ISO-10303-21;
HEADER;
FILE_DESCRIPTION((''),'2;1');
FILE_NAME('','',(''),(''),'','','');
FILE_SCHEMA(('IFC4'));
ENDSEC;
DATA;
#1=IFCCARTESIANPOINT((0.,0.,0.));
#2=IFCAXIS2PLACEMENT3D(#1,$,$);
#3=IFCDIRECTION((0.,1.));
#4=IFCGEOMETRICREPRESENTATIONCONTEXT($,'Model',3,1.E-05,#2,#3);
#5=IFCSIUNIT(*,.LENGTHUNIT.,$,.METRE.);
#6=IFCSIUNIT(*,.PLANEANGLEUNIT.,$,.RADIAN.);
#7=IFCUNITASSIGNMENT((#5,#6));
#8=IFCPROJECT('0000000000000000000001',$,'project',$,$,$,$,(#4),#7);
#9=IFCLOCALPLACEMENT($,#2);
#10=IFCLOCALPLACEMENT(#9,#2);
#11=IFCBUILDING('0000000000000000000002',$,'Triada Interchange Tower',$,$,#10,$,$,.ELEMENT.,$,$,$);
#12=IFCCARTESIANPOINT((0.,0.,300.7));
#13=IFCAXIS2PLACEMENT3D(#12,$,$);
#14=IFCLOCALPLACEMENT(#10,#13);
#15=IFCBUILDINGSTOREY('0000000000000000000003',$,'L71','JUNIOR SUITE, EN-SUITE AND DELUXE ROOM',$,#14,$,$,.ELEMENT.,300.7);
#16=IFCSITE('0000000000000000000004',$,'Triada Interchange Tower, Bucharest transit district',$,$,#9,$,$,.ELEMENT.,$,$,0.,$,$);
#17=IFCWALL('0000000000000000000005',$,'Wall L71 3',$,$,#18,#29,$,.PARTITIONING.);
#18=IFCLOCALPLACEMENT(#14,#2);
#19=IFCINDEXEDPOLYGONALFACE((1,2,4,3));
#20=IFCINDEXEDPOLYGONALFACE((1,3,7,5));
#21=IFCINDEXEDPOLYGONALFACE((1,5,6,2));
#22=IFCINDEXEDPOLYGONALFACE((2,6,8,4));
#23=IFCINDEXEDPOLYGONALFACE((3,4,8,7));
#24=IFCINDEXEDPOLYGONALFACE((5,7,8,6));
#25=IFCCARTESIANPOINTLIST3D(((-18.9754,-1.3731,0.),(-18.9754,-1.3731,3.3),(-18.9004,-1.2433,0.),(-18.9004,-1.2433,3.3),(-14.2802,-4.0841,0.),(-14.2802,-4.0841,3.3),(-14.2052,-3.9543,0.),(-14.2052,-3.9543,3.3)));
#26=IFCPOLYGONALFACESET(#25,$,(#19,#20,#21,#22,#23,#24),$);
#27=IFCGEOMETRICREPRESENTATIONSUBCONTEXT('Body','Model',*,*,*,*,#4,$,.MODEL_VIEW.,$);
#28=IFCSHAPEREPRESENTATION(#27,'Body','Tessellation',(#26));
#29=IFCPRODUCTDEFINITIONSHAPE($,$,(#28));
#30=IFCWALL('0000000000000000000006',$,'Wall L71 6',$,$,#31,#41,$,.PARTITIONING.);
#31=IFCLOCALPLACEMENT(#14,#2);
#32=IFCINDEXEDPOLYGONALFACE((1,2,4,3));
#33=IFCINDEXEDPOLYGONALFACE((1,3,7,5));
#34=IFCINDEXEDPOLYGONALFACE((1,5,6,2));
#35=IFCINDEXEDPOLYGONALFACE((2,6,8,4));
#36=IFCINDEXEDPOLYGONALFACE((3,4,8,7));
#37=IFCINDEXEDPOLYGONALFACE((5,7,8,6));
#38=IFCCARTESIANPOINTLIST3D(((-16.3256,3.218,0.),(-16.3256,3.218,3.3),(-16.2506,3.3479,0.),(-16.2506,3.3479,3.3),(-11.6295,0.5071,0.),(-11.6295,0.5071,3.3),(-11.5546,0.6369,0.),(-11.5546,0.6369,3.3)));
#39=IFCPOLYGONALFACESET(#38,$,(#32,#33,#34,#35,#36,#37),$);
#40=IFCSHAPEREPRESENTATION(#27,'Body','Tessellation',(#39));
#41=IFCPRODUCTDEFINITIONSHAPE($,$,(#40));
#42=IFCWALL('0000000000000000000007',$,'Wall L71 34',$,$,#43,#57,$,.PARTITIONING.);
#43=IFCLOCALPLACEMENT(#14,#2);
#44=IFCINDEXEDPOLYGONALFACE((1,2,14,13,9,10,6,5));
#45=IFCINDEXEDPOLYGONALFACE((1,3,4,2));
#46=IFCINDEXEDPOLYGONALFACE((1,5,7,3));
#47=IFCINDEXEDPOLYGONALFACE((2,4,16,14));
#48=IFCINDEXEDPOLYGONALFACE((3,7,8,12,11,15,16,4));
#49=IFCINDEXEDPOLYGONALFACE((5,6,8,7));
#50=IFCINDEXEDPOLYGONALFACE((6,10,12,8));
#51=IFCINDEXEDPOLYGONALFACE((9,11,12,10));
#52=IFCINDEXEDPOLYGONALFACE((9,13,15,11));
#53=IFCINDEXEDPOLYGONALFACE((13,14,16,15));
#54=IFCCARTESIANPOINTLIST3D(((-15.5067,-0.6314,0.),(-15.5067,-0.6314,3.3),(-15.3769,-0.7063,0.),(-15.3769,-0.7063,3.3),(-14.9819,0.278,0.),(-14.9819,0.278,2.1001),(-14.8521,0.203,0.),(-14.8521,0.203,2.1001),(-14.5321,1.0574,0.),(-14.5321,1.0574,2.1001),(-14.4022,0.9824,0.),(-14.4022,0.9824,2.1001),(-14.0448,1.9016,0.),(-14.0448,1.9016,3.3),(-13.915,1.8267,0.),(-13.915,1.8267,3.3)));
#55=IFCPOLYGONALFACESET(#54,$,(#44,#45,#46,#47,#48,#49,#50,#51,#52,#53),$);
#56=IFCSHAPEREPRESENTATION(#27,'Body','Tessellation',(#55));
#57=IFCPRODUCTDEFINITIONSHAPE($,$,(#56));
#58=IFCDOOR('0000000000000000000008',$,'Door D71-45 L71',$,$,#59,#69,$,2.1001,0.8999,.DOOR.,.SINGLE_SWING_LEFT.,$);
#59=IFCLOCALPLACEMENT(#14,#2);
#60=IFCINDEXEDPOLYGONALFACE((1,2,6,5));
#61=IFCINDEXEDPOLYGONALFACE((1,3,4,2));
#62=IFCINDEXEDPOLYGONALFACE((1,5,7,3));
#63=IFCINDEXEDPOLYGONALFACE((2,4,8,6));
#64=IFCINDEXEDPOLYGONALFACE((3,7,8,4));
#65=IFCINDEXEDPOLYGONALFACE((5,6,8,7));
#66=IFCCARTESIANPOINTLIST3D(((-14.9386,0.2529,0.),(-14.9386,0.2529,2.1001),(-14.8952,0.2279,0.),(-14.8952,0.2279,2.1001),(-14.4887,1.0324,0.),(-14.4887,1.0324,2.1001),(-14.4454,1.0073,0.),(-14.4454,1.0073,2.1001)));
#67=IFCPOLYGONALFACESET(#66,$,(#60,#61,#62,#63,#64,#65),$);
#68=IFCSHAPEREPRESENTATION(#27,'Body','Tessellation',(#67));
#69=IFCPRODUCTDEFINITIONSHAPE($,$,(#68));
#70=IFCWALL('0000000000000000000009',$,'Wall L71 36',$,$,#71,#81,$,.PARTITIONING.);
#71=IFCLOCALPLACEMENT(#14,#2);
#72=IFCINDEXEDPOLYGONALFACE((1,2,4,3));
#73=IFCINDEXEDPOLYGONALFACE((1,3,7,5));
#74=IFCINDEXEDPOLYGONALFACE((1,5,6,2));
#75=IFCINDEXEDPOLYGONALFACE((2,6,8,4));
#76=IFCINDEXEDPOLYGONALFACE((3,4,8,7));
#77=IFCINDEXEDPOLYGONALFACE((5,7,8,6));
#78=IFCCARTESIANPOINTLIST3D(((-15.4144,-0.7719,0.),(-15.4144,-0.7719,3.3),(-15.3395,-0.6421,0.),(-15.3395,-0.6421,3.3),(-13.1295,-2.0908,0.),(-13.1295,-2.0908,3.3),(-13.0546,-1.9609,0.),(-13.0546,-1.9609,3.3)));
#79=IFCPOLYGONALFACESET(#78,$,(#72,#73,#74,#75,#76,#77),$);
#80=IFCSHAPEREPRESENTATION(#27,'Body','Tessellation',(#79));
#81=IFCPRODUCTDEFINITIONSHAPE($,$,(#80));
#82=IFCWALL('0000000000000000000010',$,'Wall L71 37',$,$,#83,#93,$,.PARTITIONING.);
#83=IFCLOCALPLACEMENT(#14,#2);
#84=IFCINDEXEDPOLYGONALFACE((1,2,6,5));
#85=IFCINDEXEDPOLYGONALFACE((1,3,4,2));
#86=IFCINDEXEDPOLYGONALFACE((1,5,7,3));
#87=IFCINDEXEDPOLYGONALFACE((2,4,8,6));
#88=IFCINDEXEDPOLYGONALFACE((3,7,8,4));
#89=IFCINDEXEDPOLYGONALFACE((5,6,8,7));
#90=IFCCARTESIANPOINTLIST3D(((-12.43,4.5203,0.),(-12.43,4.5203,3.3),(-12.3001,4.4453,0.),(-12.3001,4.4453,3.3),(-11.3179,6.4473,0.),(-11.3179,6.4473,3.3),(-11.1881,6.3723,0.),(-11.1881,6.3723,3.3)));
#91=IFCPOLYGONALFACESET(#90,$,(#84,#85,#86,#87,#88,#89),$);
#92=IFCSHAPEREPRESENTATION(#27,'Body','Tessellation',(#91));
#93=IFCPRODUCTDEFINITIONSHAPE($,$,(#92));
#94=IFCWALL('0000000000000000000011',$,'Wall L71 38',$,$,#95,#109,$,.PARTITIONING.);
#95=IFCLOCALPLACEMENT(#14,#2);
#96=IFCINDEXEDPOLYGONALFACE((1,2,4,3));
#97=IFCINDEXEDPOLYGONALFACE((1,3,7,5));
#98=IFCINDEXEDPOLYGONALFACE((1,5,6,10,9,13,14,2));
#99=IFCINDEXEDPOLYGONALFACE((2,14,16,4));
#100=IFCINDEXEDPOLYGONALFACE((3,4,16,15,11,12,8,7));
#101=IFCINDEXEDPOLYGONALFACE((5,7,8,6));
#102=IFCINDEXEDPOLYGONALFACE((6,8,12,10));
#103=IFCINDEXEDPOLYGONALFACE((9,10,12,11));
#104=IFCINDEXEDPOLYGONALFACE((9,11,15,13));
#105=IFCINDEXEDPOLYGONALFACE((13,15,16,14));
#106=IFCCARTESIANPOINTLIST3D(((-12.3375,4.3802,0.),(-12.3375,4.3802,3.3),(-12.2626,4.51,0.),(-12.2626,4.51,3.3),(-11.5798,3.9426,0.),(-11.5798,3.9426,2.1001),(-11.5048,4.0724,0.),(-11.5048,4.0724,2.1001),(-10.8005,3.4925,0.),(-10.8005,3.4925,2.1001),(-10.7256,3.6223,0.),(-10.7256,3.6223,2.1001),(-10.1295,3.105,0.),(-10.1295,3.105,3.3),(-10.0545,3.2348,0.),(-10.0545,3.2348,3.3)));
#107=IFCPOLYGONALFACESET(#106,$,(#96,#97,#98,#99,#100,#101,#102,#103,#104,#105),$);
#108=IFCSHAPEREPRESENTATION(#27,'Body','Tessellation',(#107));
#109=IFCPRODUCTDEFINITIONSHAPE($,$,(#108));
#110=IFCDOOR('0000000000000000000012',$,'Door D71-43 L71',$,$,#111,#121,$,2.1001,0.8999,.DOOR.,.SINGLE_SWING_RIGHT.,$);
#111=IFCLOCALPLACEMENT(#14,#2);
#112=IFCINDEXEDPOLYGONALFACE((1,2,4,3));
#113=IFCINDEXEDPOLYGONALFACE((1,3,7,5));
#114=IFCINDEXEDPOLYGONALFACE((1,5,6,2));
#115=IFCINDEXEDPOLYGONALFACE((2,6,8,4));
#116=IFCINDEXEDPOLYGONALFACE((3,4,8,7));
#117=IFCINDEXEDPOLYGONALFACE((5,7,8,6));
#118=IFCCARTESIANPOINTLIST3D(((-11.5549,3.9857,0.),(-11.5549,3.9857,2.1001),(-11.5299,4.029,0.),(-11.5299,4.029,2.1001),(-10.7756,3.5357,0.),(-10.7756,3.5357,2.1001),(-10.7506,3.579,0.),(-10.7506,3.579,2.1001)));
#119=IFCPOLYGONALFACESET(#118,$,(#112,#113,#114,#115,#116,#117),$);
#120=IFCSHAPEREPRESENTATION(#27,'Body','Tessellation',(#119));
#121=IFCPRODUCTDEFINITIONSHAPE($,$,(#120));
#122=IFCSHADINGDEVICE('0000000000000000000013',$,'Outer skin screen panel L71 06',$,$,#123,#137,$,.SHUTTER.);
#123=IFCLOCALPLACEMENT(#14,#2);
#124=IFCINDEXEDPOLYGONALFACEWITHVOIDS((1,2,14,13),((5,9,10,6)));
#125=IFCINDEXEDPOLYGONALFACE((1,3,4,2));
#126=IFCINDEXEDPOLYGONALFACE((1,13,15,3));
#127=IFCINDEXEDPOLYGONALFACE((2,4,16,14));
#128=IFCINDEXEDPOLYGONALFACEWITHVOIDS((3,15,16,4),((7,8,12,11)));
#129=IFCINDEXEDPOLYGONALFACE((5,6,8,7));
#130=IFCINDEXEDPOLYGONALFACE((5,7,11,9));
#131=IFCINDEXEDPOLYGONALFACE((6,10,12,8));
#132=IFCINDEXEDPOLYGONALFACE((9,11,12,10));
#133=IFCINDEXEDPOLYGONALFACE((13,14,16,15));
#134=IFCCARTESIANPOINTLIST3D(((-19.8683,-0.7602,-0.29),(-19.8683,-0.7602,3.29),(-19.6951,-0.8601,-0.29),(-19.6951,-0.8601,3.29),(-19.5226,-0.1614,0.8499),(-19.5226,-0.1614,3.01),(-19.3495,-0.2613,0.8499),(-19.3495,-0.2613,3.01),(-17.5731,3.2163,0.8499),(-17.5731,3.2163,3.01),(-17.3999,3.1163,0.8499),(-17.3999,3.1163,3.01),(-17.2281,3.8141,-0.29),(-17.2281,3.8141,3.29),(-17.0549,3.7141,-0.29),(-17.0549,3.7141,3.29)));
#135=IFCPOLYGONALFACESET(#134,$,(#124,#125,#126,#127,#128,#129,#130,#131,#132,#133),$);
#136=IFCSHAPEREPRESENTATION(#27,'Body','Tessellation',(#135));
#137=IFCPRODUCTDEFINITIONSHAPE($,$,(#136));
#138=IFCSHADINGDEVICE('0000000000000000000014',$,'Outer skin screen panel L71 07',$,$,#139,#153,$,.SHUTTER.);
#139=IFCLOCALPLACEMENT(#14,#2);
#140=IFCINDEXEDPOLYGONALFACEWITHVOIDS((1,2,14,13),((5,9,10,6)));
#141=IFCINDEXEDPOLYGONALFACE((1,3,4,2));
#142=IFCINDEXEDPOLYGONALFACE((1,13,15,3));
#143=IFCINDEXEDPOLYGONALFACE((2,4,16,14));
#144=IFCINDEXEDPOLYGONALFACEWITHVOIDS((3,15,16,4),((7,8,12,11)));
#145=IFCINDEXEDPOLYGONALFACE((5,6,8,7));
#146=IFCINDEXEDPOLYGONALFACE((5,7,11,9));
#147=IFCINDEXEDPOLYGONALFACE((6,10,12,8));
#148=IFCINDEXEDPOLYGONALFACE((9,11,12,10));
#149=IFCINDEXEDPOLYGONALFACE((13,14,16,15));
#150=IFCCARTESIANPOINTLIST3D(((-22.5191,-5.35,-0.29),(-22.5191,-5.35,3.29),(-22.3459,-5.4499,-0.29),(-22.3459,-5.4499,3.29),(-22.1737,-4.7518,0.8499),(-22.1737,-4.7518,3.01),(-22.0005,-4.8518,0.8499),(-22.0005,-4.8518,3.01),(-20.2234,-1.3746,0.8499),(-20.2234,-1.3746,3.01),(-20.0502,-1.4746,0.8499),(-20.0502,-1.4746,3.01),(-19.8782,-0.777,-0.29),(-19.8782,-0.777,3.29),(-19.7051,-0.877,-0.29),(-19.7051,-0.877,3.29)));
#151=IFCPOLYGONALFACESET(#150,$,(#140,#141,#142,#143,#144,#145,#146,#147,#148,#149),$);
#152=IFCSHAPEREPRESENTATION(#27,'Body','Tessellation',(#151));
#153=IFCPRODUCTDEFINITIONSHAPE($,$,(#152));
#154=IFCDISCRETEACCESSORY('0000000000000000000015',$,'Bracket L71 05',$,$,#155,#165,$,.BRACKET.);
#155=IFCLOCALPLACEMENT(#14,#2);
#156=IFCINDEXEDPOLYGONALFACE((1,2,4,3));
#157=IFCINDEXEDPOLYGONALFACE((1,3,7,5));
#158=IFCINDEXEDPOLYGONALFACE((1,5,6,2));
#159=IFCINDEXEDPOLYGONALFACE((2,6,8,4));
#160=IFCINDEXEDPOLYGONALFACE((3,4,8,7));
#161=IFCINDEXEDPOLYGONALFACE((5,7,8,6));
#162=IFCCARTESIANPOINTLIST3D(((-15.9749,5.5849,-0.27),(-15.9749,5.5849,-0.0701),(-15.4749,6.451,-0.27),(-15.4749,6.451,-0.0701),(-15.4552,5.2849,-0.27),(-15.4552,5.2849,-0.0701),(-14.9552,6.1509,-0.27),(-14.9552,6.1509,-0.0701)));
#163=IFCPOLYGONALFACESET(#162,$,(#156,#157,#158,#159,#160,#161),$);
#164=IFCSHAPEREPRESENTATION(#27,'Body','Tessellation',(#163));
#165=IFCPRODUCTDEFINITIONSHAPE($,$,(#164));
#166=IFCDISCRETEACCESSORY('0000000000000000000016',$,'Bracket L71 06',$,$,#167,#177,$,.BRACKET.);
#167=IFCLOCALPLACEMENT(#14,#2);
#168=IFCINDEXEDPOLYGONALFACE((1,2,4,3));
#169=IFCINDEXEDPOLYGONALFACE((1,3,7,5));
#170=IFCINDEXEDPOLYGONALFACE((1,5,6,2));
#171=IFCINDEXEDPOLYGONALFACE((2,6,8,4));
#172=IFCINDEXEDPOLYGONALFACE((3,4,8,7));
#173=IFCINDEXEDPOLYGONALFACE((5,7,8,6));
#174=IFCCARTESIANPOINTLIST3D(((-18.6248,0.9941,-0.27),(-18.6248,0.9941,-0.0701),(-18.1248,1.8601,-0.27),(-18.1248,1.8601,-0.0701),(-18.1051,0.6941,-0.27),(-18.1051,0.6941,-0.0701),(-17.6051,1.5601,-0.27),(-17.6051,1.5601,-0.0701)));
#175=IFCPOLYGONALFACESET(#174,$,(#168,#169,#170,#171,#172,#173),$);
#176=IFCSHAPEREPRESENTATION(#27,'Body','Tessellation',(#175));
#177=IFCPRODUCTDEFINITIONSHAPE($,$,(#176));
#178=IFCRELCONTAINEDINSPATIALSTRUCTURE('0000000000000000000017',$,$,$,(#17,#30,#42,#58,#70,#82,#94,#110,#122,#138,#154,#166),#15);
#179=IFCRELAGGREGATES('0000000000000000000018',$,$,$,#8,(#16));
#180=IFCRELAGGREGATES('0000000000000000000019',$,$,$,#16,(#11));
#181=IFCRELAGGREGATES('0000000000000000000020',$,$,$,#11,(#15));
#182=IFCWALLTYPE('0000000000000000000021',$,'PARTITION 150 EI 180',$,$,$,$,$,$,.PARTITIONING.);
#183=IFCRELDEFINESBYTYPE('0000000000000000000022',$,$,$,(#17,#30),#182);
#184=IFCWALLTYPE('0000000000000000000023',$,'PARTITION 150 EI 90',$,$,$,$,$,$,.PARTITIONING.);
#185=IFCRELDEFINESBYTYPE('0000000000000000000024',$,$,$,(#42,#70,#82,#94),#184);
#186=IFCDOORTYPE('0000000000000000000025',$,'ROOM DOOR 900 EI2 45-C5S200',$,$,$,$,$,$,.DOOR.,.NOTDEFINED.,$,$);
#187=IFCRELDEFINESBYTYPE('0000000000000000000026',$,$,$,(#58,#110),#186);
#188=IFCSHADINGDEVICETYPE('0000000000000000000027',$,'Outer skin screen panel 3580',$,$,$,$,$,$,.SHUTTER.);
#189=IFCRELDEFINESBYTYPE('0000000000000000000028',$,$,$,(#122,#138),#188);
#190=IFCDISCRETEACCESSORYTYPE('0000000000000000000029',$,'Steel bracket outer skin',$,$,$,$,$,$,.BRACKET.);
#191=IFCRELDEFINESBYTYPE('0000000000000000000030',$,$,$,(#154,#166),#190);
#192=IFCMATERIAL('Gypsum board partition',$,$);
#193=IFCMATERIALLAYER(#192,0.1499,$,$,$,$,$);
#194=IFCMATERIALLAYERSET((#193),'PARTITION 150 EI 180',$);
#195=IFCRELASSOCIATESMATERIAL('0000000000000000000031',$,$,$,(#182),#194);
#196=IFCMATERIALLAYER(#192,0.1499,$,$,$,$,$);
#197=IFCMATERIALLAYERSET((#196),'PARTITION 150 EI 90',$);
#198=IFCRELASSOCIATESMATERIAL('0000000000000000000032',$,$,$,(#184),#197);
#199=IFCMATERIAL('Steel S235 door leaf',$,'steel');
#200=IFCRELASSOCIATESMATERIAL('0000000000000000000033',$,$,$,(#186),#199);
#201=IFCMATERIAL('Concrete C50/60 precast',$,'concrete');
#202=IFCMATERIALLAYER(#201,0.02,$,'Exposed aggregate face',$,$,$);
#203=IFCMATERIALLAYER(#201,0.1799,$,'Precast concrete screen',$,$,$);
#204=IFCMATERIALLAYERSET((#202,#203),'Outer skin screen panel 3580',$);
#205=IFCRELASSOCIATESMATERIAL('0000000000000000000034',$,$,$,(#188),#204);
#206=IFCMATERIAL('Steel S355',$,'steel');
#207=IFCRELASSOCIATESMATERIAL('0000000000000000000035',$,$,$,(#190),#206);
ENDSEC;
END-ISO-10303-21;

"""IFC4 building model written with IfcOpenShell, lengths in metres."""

from ifc_helpers import new_model, si_unit, direction, frame, frame_2d, origin, origin_2d, place, context, subcontext, project, spatial, polyline, rectangle, outline, extrude, material, layer, layer_set, type_object, element, fill, save


model = new_model("IFC4")

# Units and contexts
model_context = context("Model", 3, precision=1e-05, world=origin(), true_north=direction((0.0, 1.0)))
body_context = subcontext(model_context, "Body", "Model", "MODEL_VIEW")
ifc_project = project(units=[si_unit("LENGTHUNIT", "METRE"), si_unit("PLANEANGLEUNIT", "RADIAN")], contexts=[model_context])

# Site, building, storey
site_placement = place(None, origin())
site = spatial("IfcSite", under=ifc_project, at=site_placement, Name="Triada Interchange Tower, Bucharest transit district", CompositionType="ELEMENT", RefElevation=0.0)
building_placement = place(site_placement, origin())
building = spatial("IfcBuilding", under=site, at=building_placement, Name="Triada Interchange Tower", CompositionType="ELEMENT")
storey_placement = place(building_placement, frame((0.0, 0.0, 300.7)))
storey = spatial("IfcBuildingStorey", under=building, at=storey_placement, Name="L71", Description="JUNIOR SUITE, EN-SUITE AND DELUXE ROOM", CompositionType="ELEMENT", Elevation=300.7)

# Shared definitions
ifc_material_1 = material(Name="Steel S235 door leaf", Category="steel")

# Walls
ifc_material_2 = material(Name="Gypsum board partition")
ifc_layer_1 = layer(ifc_material_2, 0.1499)
ifc_layer_set_1 = layer_set([ifc_layer_1], Name="PARTITION 150 EI 180")
wall_type_1 = type_object("IfcWallType", Name="PARTITION 150 EI 180", PredefinedType="PARTITIONING", material=ifc_layer_set_1)
wall_1_placement = place(storey_placement, frame((-18.938, -1.3081, 0.0), z_axis=(0.0, 0.0, 1.0), x_axis=(0.866006, -0.500033, 0.0)))
element("IfcWall", 1, at=wall_1_placement, inside=storey, type_object=wall_type_1, Name="Wall L71 3", PredefinedType="PARTITIONING", context=body_context, shape_type="SweptSolid", body=[
    extrude(rectangle(XDim=5.4216, YDim=0.1499, at=frame_2d((2.7109, 0.0))), origin(), (0.0, 0.0, 1.0), 3.3),
])
wall_2_placement = place(storey_placement, frame((-16.2881, 3.283, 0.0), z_axis=(0.0, 0.0, 1.0), x_axis=(0.866051, -0.499955, 0.0)))
element("IfcWall", 2, at=wall_2_placement, inside=storey, type_object=wall_type_1, Name="Wall L71 6", PredefinedType="PARTITIONING", context=body_context, shape_type="SweptSolid", body=[
    extrude(rectangle(XDim=5.4224, YDim=0.1499, at=frame_2d((2.7112, 0.0))), origin(), (0.0, 0.0, 1.0), 3.3),
])

# Wall, opening, door
ifc_layer_2 = layer(ifc_material_2, 0.1499)
ifc_layer_set_2 = layer_set([ifc_layer_2], Name="PARTITION 150 EI 90")
wall_type_2 = type_object("IfcWallType", Name="PARTITION 150 EI 90", PredefinedType="PARTITIONING", material=ifc_layer_set_2)
wall_3_placement = place(storey_placement, frame((-15.4419, -0.6689, 0.0), z_axis=(0.0, 0.0, 1.0), x_axis=(0.499874, 0.866098, 0.0)))
wall_3 = element("IfcWall", 3, at=wall_3_placement, inside=storey, type_object=wall_type_2, Name="Wall L71 34", PredefinedType="PARTITIONING", context=body_context, shape_type="SweptSolid", body=[
    extrude(rectangle(XDim=2.9246, YDim=0.1499, at=frame_2d((1.4624, 0.0))), origin(), (0.0, 0.0, 1.0), 3.3),
])
opening_1_placement = place(wall_3_placement, frame((1.05, 0.0, 0.0)))
opening_1 = element("IfcOpeningElement", 4, at=opening_1_placement, cuts=wall_3, PredefinedType="OPENING", context=body_context, shape_type="SweptSolid", body=[
    extrude(rectangle(XDim=0.8999, YDim=2.1001, at=frame_2d((0.45, 1.05))), frame((0.0, 0.085, 0.0), z_axis=(0.0, -1.0, 0.0), x_axis=(1.0, 0.0, 0.0)), (0.0, 0.0, 1.0), 0.1699),
])
door_type_1 = type_object("IfcDoorType", Name="ROOM DOOR 900 EI2 45-C5S200", OperationType="NOTDEFINED", PredefinedType="DOOR", material=ifc_material_1)
door_1_placement = place(opening_1_placement, origin())
door_1 = element("IfcDoor", 5, at=door_1_placement, inside=storey, type_object=door_type_1, Name="Door D71-45 L71", OperationType="SINGLE_SWING_LEFT", OverallHeight=2.1001, OverallWidth=0.8999, PredefinedType="DOOR", context=body_context, shape_type="SweptSolid", body=[
    extrude(rectangle(XDim=0.8999, YDim=2.1001, at=frame_2d((0.45, 1.05))), frame((0.0, 0.0249, 0.0), z_axis=(0.0, -1.0, 0.0), x_axis=(1.0, 0.0, 0.0)), (0.0, 0.0, 1.0), 0.05),
])
fill(opening_1, door_1)

# Walls
wall_4_placement = place(storey_placement, frame((-15.377, -0.707, 0.0), z_axis=(0.0, 0.0, 1.0), x_axis=(0.866082, -0.499901, 0.0)))
element("IfcWall", 6, at=wall_4_placement, inside=storey, type_object=wall_type_2, Name="Wall L71 36", PredefinedType="PARTITIONING", context=body_context, shape_type="SweptSolid", body=[
    extrude(rectangle(XDim=2.6382, YDim=0.1499, at=frame_2d((1.3191, 0.0))), origin(), (0.0, 0.0, 1.0), 3.3),
])
wall_5_placement = place(storey_placement, frame((-12.365, 4.4829, 0.0), z_axis=(0.0, 0.0, 1.0), x_axis=(0.499833, 0.866122, 0.0)))
element("IfcWall", 7, at=wall_5_placement, inside=storey, type_object=wall_type_2, Name="Wall L71 37", PredefinedType="PARTITIONING", context=body_context, shape_type="SweptSolid", body=[
    extrude(rectangle(XDim=2.2249, YDim=0.1499, at=frame_2d((1.1123, 0.0))), origin(), (0.0, 0.0, 1.0), 3.3),
])

# Wall, opening, door
wall_6_placement = place(storey_placement, frame((-12.3, 4.4451, 0.0), z_axis=(0.0, 0.0, 1.0), x_axis=(0.865966, -0.500104, 0.0)))
wall_6 = element("IfcWall", 8, at=wall_6_placement, inside=storey, type_object=wall_type_2, Name="Wall L71 38", PredefinedType="PARTITIONING", context=body_context, shape_type="SweptSolid", body=[
    extrude(rectangle(XDim=2.5498, YDim=0.1499, at=frame_2d((1.2749, 0.0))), origin(), (0.0, 0.0, 1.0), 3.3),
])
opening_2_placement = place(wall_6_placement, frame((0.875, 0.0, 0.0)))
opening_2 = element("IfcOpeningElement", 9, at=opening_2_placement, cuts=wall_6, PredefinedType="OPENING", context=body_context, shape_type="SweptSolid", body=[
    extrude(rectangle(XDim=0.8999, YDim=2.1001, at=frame_2d((0.45, 1.05))), frame((0.0, 0.085, 0.0), z_axis=(0.0, -1.0, 0.0), x_axis=(1.0, 0.0, 0.0)), (0.0, 0.0, 1.0), 0.1699),
])
door_2_placement = place(opening_2_placement, origin())
door_2 = element("IfcDoor", 10, at=door_2_placement, inside=storey, type_object=door_type_1, Name="Door D71-43 L71", OperationType="SINGLE_SWING_RIGHT", OverallHeight=2.1001, OverallWidth=0.8999, PredefinedType="DOOR", context=body_context, shape_type="SweptSolid", body=[
    extrude(rectangle(XDim=0.8999, YDim=2.1001, at=frame_2d((0.45, 1.05))), frame((0.0, 0.0249, 0.0), z_axis=(0.0, -1.0, 0.0), x_axis=(1.0, 0.0, 0.0)), (0.0, 0.0, 1.0), 0.05),
])
fill(opening_2, door_2)

# Shading devices
ifc_material_3 = material(Name="Concrete C50/60 precast", Category="concrete")
ifc_layer_3 = layer(ifc_material_3, 0.02, Name="Exposed aggregate face")
ifc_layer_4 = layer(ifc_material_3, 0.1799, Name="Precast concrete screen")
ifc_layer_set_3 = layer_set([ifc_layer_3, ifc_layer_4], Name="Outer skin screen panel 3580")
shading_device_type = type_object("IfcShadingDeviceType", Name="Outer skin screen panel 3580", PredefinedType="SHUTTER", material=ifc_layer_set_3)
shading_device_1_placement = place(storey_placement, frame((-17.0549, 3.7141, -0.29), z_axis=(0.0, 0.0, 1.0), x_axis=(-0.499888, -0.86609, 0.0)))
element("IfcShadingDevice", 11, at=shading_device_1_placement, inside=storey, type_object=shading_device_type, Name="Outer skin screen panel L71 06", PredefinedType="SHUTTER", context=body_context, shape_type="SweptSolid", body=[
    extrude(outline(polyline([(0.0, 0.0), (5.2815, 0.0), (5.2815, 3.5801), (0.0, 3.5801), (0.0, 0.0)]), holes=[polyline([(0.6902, 1.1399), (0.6902, 3.3), (4.5901, 3.3), (4.5901, 1.1399), (0.6902, 1.1399)])]), frame((0.0, 0.0, 0.0), z_axis=(0.0, -1.0, 0.0), x_axis=(1.0, 0.0, 0.0)), (0.0, 0.0, 1.0), 0.2),
])
shading_device_2_placement = place(storey_placement, frame((-19.7051, -0.877, -0.29), z_axis=(0.0, 0.0, 1.0), x_axis=(-0.500092, -0.865972, 0.0)))
element("IfcShadingDevice", 12, at=shading_device_2_placement, inside=storey, type_object=shading_device_type, Name="Outer skin screen panel L71 07", PredefinedType="SHUTTER", context=body_context, shape_type="SweptSolid", body=[
    extrude(outline(polyline([(0.0, 0.0), (5.2808, 0.0), (5.2808, 3.5801), (0.0, 3.5801), (0.0, 0.0)]), holes=[polyline([(0.6902, 1.1399), (0.6902, 3.3), (4.5901, 3.3), (4.5901, 1.1399), (0.6902, 1.1399)])]), frame((0.0, 0.0, 0.0), z_axis=(0.0, -1.0, 0.0), x_axis=(1.0, 0.0, 0.0)), (0.0, 0.0, 1.0), 0.2),
])

# Discrete accessories
ifc_material_4 = material(Name="Steel S355", Category="steel")
discrete_accessory_type = type_object("IfcDiscreteAccessoryType", Name="Steel bracket outer skin", PredefinedType="BRACKET", material=ifc_material_4)
for number, where, z_axis, x_axis, name in (
    (13, (-15.4651, 5.8679, -0.27), (0.0, 0.0, 1.0), (-0.866027, 0.499997, 0.0), "Bracket L71 05"),
    (14, (-18.115, 1.2771, -0.27), (0.0, 0.0, 1.0), (-0.866027, 0.499997, 0.0), "Bracket L71 06"),
):
    element("IfcDiscreteAccessory", number, at=place(storey_placement, frame(where, z_axis=z_axis, x_axis=x_axis)), inside=storey, type_object=discrete_accessory_type, Name=name, PredefinedType="BRACKET", context=body_context, shape_type="SweptSolid", body=[
        extrude(rectangle(XDim=0.6001, YDim=1.0, at=origin_2d()), origin(), (0.0, 0.0, 1.0), 0.2),
    ])

save(model, "model.ifc")
